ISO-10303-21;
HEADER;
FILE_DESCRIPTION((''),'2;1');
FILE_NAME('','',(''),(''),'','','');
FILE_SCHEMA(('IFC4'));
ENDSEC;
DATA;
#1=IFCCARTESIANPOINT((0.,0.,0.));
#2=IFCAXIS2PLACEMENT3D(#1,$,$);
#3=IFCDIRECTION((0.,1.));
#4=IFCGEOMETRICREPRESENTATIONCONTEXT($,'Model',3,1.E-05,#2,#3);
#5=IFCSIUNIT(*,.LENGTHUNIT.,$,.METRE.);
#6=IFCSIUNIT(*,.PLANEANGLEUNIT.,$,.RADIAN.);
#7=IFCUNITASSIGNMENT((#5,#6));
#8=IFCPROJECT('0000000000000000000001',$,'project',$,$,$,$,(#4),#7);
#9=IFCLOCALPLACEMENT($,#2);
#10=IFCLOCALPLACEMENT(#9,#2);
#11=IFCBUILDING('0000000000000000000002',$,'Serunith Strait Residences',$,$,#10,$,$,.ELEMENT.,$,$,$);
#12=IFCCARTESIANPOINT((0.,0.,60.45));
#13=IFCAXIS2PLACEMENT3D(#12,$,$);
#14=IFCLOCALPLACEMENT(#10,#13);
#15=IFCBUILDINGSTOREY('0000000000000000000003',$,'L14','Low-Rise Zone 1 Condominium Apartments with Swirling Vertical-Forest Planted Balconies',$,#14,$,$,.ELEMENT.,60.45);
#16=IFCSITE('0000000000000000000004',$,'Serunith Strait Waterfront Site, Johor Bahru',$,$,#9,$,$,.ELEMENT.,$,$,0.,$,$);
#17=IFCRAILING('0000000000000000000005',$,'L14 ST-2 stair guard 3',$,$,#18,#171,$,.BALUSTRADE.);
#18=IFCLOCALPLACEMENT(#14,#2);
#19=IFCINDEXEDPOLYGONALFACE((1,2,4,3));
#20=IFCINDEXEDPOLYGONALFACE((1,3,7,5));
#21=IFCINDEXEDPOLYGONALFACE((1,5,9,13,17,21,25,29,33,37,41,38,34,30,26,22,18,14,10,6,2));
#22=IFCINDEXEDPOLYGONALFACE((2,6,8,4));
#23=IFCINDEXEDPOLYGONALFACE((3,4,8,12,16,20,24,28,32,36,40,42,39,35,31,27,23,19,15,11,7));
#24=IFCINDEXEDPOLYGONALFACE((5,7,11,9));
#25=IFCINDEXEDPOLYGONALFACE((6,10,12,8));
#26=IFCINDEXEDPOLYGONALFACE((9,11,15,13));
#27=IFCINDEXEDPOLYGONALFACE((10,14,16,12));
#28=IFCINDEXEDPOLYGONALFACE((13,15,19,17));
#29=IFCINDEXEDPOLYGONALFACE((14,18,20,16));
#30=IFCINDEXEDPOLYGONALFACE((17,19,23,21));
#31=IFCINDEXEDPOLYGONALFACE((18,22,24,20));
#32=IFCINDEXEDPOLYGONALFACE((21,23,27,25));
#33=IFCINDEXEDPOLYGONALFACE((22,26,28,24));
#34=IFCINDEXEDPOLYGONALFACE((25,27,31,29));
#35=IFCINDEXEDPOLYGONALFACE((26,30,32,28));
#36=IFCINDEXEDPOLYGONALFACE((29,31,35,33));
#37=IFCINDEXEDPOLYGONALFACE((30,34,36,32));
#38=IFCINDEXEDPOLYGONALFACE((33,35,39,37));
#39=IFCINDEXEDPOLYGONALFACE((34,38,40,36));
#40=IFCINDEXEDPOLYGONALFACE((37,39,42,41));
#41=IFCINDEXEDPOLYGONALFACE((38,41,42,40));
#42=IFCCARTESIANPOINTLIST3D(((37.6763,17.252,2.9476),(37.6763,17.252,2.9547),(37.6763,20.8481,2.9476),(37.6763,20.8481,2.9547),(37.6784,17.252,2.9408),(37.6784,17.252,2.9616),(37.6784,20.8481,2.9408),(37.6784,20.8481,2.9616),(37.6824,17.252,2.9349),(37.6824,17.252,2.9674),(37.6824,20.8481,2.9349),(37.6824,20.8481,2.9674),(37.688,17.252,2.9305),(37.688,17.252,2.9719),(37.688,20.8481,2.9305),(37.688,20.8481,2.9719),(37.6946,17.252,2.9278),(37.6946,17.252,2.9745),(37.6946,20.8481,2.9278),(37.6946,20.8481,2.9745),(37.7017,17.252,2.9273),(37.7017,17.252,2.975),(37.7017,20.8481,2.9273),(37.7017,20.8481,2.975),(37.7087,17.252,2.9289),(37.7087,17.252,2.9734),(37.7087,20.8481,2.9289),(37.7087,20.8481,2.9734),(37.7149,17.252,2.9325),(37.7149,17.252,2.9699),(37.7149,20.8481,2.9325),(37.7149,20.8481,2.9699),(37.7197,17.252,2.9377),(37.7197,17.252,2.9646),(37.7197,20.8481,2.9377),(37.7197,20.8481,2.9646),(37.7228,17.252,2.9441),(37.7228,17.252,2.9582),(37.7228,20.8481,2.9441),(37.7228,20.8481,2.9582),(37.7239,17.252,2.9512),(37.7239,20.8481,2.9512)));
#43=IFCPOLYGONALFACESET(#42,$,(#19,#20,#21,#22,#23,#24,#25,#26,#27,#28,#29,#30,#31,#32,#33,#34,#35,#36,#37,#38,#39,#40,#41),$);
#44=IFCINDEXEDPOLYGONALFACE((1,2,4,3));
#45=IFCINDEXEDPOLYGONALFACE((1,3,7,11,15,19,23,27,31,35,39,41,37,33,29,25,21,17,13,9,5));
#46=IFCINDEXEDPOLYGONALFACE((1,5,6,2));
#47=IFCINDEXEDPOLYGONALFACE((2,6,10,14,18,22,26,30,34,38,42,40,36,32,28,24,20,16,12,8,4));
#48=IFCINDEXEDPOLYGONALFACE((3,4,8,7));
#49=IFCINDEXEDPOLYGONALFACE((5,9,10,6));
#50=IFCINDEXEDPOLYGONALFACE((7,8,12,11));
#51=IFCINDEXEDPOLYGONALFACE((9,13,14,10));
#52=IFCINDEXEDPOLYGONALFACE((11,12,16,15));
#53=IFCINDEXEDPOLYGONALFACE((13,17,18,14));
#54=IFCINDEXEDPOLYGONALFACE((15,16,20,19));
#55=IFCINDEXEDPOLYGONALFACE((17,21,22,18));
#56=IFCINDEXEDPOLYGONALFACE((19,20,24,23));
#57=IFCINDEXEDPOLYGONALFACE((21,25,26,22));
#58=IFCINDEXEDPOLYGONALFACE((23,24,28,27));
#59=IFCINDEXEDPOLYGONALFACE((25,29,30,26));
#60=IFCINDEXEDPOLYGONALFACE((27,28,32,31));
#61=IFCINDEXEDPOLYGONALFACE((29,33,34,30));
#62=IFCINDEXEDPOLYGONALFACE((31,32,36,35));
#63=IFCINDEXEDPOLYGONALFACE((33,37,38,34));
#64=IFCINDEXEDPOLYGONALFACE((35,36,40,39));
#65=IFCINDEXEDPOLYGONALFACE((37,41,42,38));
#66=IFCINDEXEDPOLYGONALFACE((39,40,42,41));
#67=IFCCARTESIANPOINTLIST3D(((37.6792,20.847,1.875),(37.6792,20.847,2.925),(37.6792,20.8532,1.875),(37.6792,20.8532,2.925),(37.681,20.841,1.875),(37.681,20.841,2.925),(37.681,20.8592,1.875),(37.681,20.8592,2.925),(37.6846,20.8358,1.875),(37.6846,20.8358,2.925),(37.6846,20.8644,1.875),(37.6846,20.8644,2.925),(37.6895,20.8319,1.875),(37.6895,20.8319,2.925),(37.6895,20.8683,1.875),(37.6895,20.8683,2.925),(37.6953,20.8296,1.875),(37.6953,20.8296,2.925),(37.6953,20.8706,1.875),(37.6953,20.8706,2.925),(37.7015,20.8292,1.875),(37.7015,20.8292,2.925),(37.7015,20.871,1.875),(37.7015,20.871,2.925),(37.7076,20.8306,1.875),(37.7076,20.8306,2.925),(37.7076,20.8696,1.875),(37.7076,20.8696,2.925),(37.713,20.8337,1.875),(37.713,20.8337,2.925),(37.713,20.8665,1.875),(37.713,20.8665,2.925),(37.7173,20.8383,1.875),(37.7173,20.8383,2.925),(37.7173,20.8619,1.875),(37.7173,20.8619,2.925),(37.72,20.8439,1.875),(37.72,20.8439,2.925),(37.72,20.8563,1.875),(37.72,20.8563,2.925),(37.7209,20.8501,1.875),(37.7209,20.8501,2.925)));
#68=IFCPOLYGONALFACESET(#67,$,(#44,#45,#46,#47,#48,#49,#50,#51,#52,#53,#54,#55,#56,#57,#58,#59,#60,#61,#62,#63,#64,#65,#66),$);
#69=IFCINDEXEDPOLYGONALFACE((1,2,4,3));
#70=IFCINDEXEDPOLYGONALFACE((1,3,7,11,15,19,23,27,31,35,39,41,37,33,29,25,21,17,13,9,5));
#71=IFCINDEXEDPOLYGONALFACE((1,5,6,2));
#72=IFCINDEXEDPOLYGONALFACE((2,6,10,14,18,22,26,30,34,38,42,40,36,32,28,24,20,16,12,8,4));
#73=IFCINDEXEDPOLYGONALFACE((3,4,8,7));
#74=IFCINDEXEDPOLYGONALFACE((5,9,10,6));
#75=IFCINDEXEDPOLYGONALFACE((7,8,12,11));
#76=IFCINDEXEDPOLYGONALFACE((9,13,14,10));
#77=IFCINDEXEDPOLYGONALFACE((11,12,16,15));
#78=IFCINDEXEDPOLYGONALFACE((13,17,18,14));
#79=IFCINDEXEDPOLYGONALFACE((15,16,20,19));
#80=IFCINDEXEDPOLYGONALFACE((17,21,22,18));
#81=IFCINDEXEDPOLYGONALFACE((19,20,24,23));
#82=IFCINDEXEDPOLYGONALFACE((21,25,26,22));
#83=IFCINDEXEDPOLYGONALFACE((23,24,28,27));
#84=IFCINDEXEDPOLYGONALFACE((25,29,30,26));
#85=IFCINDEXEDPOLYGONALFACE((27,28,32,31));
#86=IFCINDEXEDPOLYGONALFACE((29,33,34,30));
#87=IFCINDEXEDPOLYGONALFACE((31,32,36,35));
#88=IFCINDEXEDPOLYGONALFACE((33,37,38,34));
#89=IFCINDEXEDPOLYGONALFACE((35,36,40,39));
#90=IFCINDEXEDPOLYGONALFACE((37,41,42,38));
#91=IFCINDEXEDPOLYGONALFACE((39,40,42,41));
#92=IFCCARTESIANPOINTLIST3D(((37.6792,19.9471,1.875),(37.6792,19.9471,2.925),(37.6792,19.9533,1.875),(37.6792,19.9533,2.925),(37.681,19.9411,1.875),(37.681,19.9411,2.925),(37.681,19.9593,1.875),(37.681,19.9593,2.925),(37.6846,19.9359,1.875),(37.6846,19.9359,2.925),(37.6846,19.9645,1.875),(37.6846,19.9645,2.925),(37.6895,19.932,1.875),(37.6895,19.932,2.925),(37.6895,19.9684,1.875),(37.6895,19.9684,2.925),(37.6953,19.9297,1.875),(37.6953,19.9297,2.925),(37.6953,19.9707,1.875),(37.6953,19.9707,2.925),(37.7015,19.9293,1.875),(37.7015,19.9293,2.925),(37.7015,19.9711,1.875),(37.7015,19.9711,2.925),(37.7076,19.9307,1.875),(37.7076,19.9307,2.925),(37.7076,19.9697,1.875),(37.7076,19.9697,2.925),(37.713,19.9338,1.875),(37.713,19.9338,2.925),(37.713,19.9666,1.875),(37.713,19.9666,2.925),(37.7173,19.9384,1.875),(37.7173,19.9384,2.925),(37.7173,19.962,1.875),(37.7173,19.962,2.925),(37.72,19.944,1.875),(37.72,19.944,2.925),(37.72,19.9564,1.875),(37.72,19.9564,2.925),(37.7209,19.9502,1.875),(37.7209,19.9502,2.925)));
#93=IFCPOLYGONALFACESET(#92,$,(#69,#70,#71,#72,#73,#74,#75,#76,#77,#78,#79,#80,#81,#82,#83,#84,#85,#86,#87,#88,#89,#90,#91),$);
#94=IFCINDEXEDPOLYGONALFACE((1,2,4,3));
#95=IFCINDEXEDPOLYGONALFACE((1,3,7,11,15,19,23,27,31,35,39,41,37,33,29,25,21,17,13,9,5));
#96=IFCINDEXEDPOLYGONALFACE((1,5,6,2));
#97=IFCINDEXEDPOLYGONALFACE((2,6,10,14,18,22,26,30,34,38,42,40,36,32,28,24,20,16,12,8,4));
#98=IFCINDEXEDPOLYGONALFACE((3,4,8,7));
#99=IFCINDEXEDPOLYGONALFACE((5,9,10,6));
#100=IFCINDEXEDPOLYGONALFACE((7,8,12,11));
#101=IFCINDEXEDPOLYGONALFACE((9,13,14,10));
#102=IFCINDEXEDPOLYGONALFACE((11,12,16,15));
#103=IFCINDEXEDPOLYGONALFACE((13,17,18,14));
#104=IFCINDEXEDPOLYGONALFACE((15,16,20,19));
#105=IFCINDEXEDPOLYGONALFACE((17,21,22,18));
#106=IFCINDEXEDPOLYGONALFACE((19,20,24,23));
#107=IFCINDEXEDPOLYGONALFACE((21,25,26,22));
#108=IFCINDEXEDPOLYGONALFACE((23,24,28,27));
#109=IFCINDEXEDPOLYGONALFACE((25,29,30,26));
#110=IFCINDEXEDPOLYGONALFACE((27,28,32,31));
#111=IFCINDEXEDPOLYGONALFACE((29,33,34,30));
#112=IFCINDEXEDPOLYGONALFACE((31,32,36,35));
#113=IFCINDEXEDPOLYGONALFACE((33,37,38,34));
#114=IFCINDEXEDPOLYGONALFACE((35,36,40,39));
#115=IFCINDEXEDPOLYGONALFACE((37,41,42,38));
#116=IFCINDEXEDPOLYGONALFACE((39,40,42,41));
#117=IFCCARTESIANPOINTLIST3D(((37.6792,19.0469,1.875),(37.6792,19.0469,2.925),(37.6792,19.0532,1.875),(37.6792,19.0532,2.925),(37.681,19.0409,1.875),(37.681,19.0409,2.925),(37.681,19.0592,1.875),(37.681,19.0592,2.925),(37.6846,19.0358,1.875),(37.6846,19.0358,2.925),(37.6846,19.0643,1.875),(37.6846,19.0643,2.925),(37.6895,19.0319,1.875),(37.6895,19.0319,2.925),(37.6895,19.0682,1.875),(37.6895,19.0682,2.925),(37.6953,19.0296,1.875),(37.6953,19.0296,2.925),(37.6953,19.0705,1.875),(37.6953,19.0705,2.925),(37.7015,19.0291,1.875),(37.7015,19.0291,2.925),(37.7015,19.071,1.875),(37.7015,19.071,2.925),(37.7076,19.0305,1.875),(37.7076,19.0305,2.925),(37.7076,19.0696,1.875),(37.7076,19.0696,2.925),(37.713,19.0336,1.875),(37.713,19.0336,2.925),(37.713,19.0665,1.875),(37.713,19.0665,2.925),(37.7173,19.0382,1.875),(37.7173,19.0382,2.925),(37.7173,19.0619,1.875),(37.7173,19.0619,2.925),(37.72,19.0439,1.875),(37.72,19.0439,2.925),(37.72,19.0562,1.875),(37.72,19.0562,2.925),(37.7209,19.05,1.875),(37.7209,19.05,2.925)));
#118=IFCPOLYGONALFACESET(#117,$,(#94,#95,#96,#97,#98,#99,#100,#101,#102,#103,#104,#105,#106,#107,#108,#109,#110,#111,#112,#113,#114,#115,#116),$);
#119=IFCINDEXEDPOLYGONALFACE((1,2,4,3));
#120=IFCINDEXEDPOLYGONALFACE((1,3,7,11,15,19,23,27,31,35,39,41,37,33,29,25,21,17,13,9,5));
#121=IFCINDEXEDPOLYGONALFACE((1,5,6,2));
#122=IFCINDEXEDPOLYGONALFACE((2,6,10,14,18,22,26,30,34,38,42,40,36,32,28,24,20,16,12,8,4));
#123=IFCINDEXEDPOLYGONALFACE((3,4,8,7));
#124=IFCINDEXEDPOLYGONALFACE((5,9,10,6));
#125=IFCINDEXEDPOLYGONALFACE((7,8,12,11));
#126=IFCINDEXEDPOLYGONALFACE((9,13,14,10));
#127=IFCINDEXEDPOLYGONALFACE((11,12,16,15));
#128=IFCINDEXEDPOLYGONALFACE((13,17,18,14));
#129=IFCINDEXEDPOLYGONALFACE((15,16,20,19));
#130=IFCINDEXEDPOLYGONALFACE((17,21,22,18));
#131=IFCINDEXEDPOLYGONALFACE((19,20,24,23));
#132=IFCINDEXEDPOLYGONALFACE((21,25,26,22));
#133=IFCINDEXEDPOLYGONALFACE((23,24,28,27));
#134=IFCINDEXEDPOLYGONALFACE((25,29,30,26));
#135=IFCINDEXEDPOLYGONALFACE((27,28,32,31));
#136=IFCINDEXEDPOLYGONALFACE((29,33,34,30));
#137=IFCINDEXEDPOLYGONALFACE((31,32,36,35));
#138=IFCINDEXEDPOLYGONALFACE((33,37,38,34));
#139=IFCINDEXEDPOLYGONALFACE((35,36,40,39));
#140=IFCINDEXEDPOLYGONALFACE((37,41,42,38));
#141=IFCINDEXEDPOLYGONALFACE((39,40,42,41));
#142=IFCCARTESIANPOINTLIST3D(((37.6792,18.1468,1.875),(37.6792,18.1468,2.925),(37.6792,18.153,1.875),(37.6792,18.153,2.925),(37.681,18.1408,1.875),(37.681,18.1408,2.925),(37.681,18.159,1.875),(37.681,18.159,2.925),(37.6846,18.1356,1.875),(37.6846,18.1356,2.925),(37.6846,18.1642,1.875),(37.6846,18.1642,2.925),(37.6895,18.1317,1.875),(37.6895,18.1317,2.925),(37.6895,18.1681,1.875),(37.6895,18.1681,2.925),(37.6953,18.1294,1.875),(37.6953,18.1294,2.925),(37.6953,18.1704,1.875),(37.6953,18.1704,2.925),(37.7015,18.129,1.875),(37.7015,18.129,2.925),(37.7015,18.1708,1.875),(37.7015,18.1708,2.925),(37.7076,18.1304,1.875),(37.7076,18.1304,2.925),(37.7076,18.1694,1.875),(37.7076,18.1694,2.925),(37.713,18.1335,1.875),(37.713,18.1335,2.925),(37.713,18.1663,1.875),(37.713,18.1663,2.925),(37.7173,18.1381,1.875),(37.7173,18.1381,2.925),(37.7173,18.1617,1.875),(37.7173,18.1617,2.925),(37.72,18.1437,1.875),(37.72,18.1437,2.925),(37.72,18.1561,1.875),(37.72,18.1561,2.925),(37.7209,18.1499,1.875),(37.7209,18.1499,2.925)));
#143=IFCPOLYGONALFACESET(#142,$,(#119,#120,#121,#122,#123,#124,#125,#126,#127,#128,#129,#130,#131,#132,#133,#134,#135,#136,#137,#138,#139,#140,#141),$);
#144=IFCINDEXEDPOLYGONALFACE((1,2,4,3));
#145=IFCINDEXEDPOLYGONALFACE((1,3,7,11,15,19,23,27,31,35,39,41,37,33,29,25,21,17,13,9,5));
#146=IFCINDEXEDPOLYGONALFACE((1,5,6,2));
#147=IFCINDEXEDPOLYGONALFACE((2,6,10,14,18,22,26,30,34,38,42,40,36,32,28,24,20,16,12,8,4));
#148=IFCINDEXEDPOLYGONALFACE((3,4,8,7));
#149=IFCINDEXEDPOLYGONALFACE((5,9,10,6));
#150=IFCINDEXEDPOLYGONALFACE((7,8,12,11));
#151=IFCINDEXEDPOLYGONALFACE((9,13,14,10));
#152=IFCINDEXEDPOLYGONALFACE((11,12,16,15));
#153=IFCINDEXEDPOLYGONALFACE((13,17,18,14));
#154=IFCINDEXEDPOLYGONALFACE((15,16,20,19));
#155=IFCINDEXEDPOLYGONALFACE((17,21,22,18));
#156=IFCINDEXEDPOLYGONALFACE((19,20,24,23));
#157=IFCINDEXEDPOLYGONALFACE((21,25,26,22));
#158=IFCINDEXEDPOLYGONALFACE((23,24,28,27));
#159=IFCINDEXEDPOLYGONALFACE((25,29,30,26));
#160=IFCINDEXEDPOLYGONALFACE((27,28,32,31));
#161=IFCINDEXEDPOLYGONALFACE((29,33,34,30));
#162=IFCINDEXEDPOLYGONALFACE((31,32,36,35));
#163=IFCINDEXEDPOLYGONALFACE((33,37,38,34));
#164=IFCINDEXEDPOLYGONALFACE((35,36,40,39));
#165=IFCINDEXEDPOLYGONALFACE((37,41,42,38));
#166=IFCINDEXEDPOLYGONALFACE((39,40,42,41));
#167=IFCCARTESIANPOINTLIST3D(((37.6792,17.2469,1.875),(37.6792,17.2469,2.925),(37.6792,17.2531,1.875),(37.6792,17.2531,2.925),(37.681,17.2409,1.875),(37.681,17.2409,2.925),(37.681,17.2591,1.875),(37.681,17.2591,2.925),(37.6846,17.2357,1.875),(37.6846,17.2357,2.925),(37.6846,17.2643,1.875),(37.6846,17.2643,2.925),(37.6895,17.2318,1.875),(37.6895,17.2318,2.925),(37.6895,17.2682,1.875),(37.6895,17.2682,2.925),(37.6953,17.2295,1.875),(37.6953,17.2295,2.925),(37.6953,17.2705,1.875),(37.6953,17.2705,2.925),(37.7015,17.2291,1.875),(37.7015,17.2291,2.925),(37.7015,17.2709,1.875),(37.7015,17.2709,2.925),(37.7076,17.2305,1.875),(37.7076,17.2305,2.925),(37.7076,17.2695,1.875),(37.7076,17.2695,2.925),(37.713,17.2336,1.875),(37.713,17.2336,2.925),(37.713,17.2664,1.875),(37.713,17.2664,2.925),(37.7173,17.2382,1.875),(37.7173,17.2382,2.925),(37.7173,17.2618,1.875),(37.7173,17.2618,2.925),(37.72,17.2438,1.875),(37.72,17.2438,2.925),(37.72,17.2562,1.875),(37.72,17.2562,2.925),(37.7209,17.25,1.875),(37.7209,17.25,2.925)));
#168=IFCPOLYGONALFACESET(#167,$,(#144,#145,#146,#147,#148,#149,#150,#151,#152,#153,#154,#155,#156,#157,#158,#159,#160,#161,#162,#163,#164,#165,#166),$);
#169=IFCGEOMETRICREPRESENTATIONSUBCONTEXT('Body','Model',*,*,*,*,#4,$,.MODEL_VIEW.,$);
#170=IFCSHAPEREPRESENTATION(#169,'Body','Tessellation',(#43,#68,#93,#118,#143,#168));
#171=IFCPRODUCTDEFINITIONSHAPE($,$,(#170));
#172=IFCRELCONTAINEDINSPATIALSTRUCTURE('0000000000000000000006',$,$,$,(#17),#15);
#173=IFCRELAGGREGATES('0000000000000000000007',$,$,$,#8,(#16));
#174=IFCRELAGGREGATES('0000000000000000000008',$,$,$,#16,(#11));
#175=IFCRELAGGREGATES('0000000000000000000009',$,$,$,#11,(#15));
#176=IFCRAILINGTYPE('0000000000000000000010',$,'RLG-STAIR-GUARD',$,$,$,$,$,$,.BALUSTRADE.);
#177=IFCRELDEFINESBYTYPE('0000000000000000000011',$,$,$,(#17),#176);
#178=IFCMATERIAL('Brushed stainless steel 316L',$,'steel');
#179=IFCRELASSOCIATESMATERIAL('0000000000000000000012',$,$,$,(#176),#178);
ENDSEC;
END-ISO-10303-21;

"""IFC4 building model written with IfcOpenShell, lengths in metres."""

from ifc_helpers import new_model, si_unit, direction, frame, origin, origin_2d, place, context, subcontext, project, spatial, circle, extrude, material, type_object, element, save


model = new_model("IFC4")

# Units and contexts
model_context = context("Model", 3, precision=1e-05, world=origin(), true_north=direction((0.0, 1.0)))
body_context = subcontext(model_context, "Body", "Model", "MODEL_VIEW")
ifc_project = project(units=[si_unit("LENGTHUNIT", "METRE"), si_unit("PLANEANGLEUNIT", "RADIAN")], contexts=[model_context])

# Site, building, storey
site_placement = place(None, origin())
site = spatial("IfcSite", under=ifc_project, at=site_placement, Name="Serunith Strait Waterfront Site, Johor Bahru", CompositionType="ELEMENT", RefElevation=0.0)
building_placement = place(site_placement, origin())
building = spatial("IfcBuilding", under=site, at=building_placement, Name="Serunith Strait Residences", CompositionType="ELEMENT")
storey_placement = place(building_placement, frame((0.0, 0.0, 60.45)))
storey = spatial("IfcBuildingStorey", under=building, at=storey_placement, Name="L14", Description="Low-Rise Zone 1 Condominium Apartments with Swirling Vertical-Forest Planted Balconies", CompositionType="ELEMENT", Elevation=60.45)

# Railing
ifc_material_1 = material(Name="Brushed stainless steel 316L", Category="steel")
railing_type_1 = type_object("IfcRailingType", Name="RLG-STAIR-GUARD", PredefinedType="BALUSTRADE", material=ifc_material_1)
for number, where, name in (
    (1, (37.7, 20.8501, 1.875), "L14 ST-2 stair guard 3"),
):
    element("IfcRailing", number, at=place(storey_placement, frame(where)), inside=storey, type_object=railing_type_1, Name=name, PredefinedType="BALUSTRADE", context=body_context, shape_type="SweptSolid", body=[
        extrude(circle(Radius=0.0239, at=origin_2d()), frame((0.0, -0.002, 1.0762), z_axis=(0.0, -1.0, 0.0), x_axis=(1.0, 0.0, 0.0)), (0.0, 0.0, 1.0), 3.5962),
        extrude(circle(Radius=0.021, at=origin_2d()), origin(), (0.0, 0.0, 1.0), 1.05),
        extrude(circle(Radius=0.021, at=origin_2d()), frame((0.0, -0.8999, 0.0)), (0.0, 0.0, 1.0), 1.05),
        extrude(circle(Radius=0.021, at=origin_2d()), frame((0.0, -1.8, 0.0)), (0.0, 0.0, 1.0), 1.05),
        extrude(circle(Radius=0.021, at=origin_2d()), frame((0.0, -2.7002, 0.0)), (0.0, 0.0, 1.0), 1.05),
        extrude(circle(Radius=0.021, at=origin_2d()), frame((0.0, -3.6001, 0.0)), (0.0, 0.0, 1.0), 1.05),
    ])

save(model, "model.ifc")
